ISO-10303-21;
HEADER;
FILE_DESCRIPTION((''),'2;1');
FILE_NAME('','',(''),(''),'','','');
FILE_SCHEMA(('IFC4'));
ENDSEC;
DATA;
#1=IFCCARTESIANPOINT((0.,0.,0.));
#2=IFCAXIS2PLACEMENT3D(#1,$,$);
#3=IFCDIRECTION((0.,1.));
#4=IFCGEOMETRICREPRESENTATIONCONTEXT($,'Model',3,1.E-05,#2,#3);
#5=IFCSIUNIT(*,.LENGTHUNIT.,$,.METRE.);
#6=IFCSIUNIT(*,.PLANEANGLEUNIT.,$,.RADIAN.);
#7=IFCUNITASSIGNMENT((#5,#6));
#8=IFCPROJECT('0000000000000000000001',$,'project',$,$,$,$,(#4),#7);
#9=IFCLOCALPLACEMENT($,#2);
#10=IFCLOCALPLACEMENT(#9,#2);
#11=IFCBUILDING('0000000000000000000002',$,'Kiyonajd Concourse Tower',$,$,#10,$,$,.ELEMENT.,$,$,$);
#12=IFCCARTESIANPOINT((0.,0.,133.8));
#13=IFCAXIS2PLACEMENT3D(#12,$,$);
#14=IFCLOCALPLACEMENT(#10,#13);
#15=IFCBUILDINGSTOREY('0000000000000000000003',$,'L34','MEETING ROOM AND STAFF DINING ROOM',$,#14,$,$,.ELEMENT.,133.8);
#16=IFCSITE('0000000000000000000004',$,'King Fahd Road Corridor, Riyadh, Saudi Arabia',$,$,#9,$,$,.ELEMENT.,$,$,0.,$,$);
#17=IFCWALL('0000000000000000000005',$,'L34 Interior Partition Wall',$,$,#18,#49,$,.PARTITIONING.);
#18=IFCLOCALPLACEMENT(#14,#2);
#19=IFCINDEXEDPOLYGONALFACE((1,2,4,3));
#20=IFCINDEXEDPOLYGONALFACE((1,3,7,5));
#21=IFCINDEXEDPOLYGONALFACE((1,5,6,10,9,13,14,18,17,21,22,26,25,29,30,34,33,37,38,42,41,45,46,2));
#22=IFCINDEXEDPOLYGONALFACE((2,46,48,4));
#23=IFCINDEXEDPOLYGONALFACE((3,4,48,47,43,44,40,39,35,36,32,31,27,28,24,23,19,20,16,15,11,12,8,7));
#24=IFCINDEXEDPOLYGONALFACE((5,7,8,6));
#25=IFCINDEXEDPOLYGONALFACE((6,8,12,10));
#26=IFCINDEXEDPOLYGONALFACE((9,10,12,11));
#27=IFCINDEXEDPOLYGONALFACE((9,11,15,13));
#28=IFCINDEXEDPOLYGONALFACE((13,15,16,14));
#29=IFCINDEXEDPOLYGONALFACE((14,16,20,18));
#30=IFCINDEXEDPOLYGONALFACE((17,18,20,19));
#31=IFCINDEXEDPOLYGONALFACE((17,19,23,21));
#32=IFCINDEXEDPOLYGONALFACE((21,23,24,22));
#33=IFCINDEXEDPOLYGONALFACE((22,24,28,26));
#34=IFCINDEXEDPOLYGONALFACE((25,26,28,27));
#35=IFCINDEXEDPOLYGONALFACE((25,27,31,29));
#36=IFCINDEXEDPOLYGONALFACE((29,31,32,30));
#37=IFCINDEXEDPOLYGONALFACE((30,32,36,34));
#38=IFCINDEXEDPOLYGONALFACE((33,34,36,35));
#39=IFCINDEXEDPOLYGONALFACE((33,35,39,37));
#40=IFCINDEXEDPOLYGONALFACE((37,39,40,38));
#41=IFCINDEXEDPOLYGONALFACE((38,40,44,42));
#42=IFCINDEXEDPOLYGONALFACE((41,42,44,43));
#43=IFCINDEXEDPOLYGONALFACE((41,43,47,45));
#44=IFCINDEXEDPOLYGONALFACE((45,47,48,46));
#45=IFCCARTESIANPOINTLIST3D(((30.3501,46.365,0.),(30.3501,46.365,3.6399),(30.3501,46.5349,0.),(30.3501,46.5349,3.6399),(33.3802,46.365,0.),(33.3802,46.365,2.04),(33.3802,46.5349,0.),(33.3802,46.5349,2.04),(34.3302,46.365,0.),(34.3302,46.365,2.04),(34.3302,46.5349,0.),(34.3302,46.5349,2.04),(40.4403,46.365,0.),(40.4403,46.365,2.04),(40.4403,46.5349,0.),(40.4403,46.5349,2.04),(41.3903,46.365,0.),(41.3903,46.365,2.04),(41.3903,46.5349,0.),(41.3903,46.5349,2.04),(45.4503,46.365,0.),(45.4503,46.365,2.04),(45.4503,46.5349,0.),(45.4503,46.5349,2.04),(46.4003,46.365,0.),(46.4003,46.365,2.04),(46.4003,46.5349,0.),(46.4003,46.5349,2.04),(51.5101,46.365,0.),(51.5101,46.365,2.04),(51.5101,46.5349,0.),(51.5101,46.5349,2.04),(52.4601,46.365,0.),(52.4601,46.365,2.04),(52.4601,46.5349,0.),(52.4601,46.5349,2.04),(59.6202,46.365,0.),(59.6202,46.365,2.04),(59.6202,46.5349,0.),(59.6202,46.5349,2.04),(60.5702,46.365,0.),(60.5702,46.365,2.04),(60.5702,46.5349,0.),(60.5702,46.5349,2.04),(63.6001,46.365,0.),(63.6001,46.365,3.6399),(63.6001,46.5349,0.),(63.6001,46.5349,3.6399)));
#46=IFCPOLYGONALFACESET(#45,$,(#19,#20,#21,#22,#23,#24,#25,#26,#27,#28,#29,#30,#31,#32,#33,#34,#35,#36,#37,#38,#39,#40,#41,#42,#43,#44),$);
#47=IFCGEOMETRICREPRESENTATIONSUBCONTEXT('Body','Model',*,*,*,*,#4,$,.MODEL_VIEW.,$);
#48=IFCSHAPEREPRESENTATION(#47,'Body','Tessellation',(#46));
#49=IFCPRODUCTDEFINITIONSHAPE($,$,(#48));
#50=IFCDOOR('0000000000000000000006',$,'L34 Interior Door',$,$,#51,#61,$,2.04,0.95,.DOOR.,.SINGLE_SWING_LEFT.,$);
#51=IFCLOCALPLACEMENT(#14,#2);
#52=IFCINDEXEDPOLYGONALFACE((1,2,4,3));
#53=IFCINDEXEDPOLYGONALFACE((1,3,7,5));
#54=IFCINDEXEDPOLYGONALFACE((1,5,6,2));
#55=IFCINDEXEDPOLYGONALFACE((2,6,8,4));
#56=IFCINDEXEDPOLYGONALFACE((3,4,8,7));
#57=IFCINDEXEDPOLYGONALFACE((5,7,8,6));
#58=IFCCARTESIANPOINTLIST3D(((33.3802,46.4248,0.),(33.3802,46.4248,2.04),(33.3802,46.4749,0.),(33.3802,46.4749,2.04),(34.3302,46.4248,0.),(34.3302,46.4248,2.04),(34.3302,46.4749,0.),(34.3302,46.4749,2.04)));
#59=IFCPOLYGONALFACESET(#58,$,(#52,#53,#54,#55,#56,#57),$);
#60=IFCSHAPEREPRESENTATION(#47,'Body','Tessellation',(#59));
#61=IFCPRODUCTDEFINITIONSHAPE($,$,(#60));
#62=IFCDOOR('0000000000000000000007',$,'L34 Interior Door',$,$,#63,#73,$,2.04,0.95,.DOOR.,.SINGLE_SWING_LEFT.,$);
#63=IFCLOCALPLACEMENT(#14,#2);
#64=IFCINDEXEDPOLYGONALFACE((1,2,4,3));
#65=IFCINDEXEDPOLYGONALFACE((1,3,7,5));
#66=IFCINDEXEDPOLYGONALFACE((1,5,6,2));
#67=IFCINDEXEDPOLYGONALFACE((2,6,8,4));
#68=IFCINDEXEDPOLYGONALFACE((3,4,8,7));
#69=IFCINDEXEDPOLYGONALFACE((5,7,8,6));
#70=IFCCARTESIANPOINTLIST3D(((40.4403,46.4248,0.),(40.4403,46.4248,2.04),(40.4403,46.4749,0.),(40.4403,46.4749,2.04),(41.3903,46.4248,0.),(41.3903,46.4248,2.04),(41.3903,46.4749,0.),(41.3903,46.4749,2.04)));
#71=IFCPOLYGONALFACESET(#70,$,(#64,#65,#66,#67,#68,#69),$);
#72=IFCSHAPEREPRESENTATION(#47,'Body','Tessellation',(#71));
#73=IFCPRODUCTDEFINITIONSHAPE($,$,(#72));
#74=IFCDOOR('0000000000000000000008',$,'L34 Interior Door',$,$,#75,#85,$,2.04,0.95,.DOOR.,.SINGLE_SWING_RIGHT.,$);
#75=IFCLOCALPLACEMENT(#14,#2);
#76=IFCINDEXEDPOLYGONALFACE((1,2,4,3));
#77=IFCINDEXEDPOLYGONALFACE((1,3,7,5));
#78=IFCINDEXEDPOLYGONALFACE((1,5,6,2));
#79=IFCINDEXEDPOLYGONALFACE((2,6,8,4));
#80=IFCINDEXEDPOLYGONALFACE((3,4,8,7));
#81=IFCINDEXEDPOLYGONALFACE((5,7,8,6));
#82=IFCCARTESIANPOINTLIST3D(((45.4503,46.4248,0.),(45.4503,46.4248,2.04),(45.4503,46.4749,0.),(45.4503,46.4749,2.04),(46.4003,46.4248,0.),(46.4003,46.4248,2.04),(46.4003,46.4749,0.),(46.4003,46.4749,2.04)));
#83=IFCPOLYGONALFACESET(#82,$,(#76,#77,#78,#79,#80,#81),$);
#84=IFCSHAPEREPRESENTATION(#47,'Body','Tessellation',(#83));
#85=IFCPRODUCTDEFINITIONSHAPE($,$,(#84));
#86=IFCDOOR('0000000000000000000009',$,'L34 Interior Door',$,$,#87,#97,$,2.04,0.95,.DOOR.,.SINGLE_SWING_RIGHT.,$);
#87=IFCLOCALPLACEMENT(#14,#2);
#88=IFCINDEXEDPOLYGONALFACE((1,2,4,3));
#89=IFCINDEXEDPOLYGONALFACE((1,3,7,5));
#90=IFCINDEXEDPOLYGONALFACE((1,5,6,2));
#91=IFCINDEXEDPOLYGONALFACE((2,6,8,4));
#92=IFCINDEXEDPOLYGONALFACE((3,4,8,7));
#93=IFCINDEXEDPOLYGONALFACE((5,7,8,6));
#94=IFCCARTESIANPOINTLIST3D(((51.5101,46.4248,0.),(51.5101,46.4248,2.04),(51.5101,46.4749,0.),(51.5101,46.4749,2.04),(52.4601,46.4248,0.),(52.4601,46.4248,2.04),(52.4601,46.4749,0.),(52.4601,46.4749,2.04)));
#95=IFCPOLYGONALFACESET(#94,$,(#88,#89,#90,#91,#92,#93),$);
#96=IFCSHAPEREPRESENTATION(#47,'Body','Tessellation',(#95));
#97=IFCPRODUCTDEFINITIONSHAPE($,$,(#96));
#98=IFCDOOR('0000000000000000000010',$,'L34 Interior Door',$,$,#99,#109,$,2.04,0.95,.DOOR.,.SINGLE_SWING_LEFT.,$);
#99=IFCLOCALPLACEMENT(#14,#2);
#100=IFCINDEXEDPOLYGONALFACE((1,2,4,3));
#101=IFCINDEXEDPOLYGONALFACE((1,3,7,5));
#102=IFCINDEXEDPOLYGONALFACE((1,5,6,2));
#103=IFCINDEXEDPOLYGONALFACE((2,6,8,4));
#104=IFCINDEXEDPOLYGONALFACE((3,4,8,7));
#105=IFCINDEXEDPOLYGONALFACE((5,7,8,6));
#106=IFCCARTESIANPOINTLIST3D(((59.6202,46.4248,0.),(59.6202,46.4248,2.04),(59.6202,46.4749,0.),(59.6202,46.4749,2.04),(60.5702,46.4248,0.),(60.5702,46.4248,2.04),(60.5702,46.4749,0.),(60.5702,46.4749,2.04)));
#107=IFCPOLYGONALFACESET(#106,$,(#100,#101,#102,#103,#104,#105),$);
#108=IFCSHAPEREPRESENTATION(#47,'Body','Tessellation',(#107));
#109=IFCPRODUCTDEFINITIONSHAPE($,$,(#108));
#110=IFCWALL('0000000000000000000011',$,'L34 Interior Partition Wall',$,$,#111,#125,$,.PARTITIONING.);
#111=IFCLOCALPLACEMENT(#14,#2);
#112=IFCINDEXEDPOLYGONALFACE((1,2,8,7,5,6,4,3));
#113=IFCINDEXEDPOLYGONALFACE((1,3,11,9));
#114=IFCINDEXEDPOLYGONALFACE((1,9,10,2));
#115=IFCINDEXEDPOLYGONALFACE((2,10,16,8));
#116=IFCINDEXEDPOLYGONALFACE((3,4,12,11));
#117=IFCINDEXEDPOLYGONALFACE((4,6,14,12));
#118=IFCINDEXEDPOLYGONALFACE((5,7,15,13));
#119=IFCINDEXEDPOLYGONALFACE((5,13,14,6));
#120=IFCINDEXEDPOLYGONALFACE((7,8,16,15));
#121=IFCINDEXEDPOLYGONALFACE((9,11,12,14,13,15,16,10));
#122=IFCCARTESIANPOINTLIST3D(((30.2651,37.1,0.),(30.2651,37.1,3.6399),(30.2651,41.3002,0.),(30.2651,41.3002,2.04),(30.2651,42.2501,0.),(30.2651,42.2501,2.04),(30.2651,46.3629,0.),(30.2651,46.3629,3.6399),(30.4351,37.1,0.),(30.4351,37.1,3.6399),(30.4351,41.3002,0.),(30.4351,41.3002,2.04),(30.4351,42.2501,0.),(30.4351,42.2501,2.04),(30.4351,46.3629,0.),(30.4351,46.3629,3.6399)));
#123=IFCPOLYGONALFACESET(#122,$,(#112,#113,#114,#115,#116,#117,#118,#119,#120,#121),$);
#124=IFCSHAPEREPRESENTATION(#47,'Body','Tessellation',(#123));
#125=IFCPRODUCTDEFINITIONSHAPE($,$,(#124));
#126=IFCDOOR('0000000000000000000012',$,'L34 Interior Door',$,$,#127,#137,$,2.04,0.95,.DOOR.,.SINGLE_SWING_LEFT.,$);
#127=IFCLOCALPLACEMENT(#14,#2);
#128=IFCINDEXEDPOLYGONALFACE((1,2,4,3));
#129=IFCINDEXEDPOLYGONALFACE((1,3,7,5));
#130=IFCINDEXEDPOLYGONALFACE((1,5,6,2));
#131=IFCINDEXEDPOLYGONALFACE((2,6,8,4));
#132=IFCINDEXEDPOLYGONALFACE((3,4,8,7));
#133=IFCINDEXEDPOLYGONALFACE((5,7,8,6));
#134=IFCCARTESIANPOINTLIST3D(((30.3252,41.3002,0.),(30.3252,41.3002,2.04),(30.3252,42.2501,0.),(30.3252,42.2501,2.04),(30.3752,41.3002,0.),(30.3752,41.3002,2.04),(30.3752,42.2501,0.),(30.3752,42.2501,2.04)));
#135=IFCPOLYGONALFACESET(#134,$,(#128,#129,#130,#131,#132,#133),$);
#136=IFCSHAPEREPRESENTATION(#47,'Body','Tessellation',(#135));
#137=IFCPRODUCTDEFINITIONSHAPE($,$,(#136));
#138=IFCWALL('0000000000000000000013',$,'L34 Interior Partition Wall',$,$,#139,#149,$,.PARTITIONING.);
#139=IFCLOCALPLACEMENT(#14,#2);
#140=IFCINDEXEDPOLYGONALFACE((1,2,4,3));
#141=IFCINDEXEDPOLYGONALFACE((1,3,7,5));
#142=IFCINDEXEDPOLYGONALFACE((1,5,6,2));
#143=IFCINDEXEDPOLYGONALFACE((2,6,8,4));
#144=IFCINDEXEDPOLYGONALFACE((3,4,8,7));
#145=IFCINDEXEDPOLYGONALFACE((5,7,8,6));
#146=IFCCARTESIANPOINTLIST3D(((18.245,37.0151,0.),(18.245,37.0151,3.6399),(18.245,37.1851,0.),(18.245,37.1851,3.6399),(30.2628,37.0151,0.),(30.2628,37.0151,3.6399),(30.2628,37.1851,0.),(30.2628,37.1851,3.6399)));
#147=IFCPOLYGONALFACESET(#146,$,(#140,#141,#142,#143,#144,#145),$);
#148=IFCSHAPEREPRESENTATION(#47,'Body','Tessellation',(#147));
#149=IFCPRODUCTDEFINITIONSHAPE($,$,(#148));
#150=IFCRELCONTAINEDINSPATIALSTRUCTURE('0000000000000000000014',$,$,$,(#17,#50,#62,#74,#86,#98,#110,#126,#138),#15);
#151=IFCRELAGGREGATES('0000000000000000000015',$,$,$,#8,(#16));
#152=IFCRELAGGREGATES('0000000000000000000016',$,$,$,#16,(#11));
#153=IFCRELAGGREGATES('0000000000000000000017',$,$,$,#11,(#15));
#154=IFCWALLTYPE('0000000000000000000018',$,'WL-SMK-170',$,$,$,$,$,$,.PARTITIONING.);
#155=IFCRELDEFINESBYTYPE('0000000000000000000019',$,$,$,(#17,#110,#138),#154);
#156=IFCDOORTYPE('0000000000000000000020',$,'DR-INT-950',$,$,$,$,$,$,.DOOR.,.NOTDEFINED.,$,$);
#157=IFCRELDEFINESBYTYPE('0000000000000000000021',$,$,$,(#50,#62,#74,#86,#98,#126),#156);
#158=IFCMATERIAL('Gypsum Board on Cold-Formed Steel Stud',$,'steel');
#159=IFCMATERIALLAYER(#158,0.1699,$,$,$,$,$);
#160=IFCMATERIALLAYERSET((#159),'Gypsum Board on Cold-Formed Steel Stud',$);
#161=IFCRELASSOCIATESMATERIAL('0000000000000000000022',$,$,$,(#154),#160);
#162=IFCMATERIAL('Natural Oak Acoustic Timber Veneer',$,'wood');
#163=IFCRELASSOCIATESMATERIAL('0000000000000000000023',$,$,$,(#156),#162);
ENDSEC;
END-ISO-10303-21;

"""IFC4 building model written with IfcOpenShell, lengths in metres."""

from ifc_helpers import new_model, si_unit, direction, frame, frame_2d, origin, place, context, subcontext, project, spatial, rectangle, extrude, material, layer, layer_set, type_object, element, fill, save


model = new_model("IFC4")

# Units and contexts
model_context = context("Model", 3, precision=1e-05, world=origin(), true_north=direction((0.0, 1.0)))
body_context = subcontext(model_context, "Body", "Model", "MODEL_VIEW")
ifc_project = project(units=[si_unit("LENGTHUNIT", "METRE"), si_unit("PLANEANGLEUNIT", "RADIAN")], contexts=[model_context])

# Site, building, storey
site_placement = place(None, origin())
site = spatial("IfcSite", under=ifc_project, at=site_placement, Name="King Fahd Road Corridor, Riyadh, Saudi Arabia", CompositionType="ELEMENT", RefElevation=0.0)
building_placement = place(site_placement, origin())
building = spatial("IfcBuilding", under=site, at=building_placement, Name="Kiyonajd Concourse Tower", CompositionType="ELEMENT")
storey_placement = place(building_placement, frame((0.0, 0.0, 133.8)))
storey = spatial("IfcBuildingStorey", under=building, at=storey_placement, Name="L34", Description="MEETING ROOM AND STAFF DINING ROOM", CompositionType="ELEMENT", Elevation=133.8)

# Wall, openings, doors
ifc_material_1 = material(Name="Gypsum Board on Cold-Formed Steel Stud", Category="steel")
ifc_layer_1 = layer(ifc_material_1, 0.1699)
ifc_layer_set_1 = layer_set([ifc_layer_1], Name="Gypsum Board on Cold-Formed Steel Stud")
wall_type = type_object("IfcWallType", Name="WL-SMK-170", PredefinedType="PARTITIONING", material=ifc_layer_set_1)
wall_1_placement = place(storey_placement, frame((30.3501, 46.45, 0.0), z_axis=(0.0, 0.0, 1.0), x_axis=(1.0, 0.0, 0.0)))
wall_1 = element("IfcWall", 1, at=wall_1_placement, inside=storey, type_object=wall_type, Name="L34 Interior Partition Wall", PredefinedType="PARTITIONING", context=body_context, shape_type="SweptSolid", body=[
    extrude(rectangle(XDim=33.25, YDim=0.1699, at=frame_2d((16.625, 0.0))), origin(), (0.0, 0.0, 1.0), 3.6399),
])
opening_1_placement = place(wall_1_placement, frame((3.03, 0.0, 0.0)))
opening_1 = element("IfcOpeningElement", 2, at=opening_1_placement, cuts=wall_1, PredefinedType="OPENING", context=body_context, shape_type="SweptSolid", body=[
    extrude(rectangle(XDim=0.95, YDim=2.04, at=frame_2d((0.4751, 1.02))), frame((0.0, 0.095, 0.0), z_axis=(0.0, -1.0, 0.0), x_axis=(1.0, 0.0, 0.0)), (0.0, 0.0, 1.0), 0.1899),
])
opening_2_placement = place(wall_1_placement, frame((10.0901, 0.0, 0.0)))
opening_2 = element("IfcOpeningElement", 3, at=opening_2_placement, cuts=wall_1, PredefinedType="OPENING", context=body_context, shape_type="SweptSolid", body=[
    extrude(rectangle(XDim=0.95, YDim=2.04, at=frame_2d((0.4751, 1.02))), frame((0.0, 0.095, 0.0), z_axis=(0.0, -1.0, 0.0), x_axis=(1.0, 0.0, 0.0)), (0.0, 0.0, 1.0), 0.1899),
])
opening_3_placement = place(wall_1_placement, frame((15.1001, 0.0, 0.0)))
opening_3 = element("IfcOpeningElement", 4, at=opening_3_placement, cuts=wall_1, PredefinedType="OPENING", context=body_context, shape_type="SweptSolid", body=[
    extrude(rectangle(XDim=0.95, YDim=2.04, at=frame_2d((0.4751, 1.02))), frame((0.0, 0.095, 0.0), z_axis=(0.0, -1.0, 0.0), x_axis=(1.0, 0.0, 0.0)), (0.0, 0.0, 1.0), 0.1899),
])
opening_4_placement = place(wall_1_placement, frame((21.1599, 0.0, 0.0)))
opening_4 = element("IfcOpeningElement", 5, at=opening_4_placement, cuts=wall_1, PredefinedType="OPENING", context=body_context, shape_type="SweptSolid", body=[
    extrude(rectangle(XDim=0.95, YDim=2.04, at=frame_2d((0.4751, 1.02))), frame((0.0, 0.095, 0.0), z_axis=(0.0, -1.0, 0.0), x_axis=(1.0, 0.0, 0.0)), (0.0, 0.0, 1.0), 0.1899),
])
opening_5_placement = place(wall_1_placement, frame((29.27, 0.0, 0.0)))
opening_5 = element("IfcOpeningElement", 6, at=opening_5_placement, cuts=wall_1, PredefinedType="OPENING", context=body_context, shape_type="SweptSolid", body=[
    extrude(rectangle(XDim=0.95, YDim=2.04, at=frame_2d((0.4751, 1.02))), frame((0.0, 0.095, 0.0), z_axis=(0.0, -1.0, 0.0), x_axis=(1.0, 0.0, 0.0)), (0.0, 0.0, 1.0), 0.1899),
])
ifc_material_2 = material(Name="Natural Oak Acoustic Timber Veneer", Category="wood")
door_type = type_object("IfcDoorType", Name="DR-INT-950", OperationType="NOTDEFINED", PredefinedType="DOOR", material=ifc_material_2)
door_1_placement = place(opening_1_placement, origin())
door_1 = element("IfcDoor", 7, at=door_1_placement, inside=storey, type_object=door_type, Name="L34 Interior Door", OperationType="SINGLE_SWING_LEFT", OverallHeight=2.04, OverallWidth=0.95, PredefinedType="DOOR", context=body_context, shape_type="SweptSolid", body=[
    extrude(rectangle(XDim=0.95, YDim=2.04, at=frame_2d((0.4751, 1.02))), frame((0.0, 0.0249, 0.0), z_axis=(0.0, -1.0, 0.0), x_axis=(1.0, 0.0, 0.0)), (0.0, 0.0, 1.0), 0.05),
])
fill(opening_1, door_1)
door_2_placement = place(opening_2_placement, origin())
door_2 = element("IfcDoor", 8, at=door_2_placement, inside=storey, type_object=door_type, Name="L34 Interior Door", OperationType="SINGLE_SWING_LEFT", OverallHeight=2.04, OverallWidth=0.95, PredefinedType="DOOR", context=body_context, shape_type="SweptSolid", body=[
    extrude(rectangle(XDim=0.95, YDim=2.04, at=frame_2d((0.4751, 1.02))), frame((0.0, 0.0249, 0.0), z_axis=(0.0, -1.0, 0.0), x_axis=(1.0, 0.0, 0.0)), (0.0, 0.0, 1.0), 0.05),
])
fill(opening_2, door_2)
door_3_placement = place(opening_3_placement, origin())
door_3 = element("IfcDoor", 9, at=door_3_placement, inside=storey, type_object=door_type, Name="L34 Interior Door", OperationType="SINGLE_SWING_RIGHT", OverallHeight=2.04, OverallWidth=0.95, PredefinedType="DOOR", context=body_context, shape_type="SweptSolid", body=[
    extrude(rectangle(XDim=0.95, YDim=2.04, at=frame_2d((0.4751, 1.02))), frame((0.0, 0.0249, 0.0), z_axis=(0.0, -1.0, 0.0), x_axis=(1.0, 0.0, 0.0)), (0.0, 0.0, 1.0), 0.05),
])
fill(opening_3, door_3)
door_4_placement = place(opening_4_placement, origin())
door_4 = element("IfcDoor", 10, at=door_4_placement, inside=storey, type_object=door_type, Name="L34 Interior Door", OperationType="SINGLE_SWING_RIGHT", OverallHeight=2.04, OverallWidth=0.95, PredefinedType="DOOR", context=body_context, shape_type="SweptSolid", body=[
    extrude(rectangle(XDim=0.95, YDim=2.04, at=frame_2d((0.4751, 1.02))), frame((0.0, 0.0249, 0.0), z_axis=(0.0, -1.0, 0.0), x_axis=(1.0, 0.0, 0.0)), (0.0, 0.0, 1.0), 0.05),
])
fill(opening_4, door_4)
door_5_placement = place(opening_5_placement, origin())
door_5 = element("IfcDoor", 11, at=door_5_placement, inside=storey, type_object=door_type, Name="L34 Interior Door", OperationType="SINGLE_SWING_LEFT", OverallHeight=2.04, OverallWidth=0.95, PredefinedType="DOOR", context=body_context, shape_type="SweptSolid", body=[
    extrude(rectangle(XDim=0.95, YDim=2.04, at=frame_2d((0.4751, 1.02))), frame((0.0, 0.0249, 0.0), z_axis=(0.0, -1.0, 0.0), x_axis=(1.0, 0.0, 0.0)), (0.0, 0.0, 1.0), 0.05),
])
fill(opening_5, door_5)

# Wall, opening, door
wall_2_placement = place(storey_placement, frame((30.3501, 37.1001, 0.0), z_axis=(0.0, 0.0, 1.0), x_axis=(0.0, 1.0, 0.0)))
wall_2 = element("IfcWall", 12, at=wall_2_placement, inside=storey, type_object=wall_type, Name="L34 Interior Partition Wall", PredefinedType="PARTITIONING", context=body_context, shape_type="SweptSolid", body=[
    extrude(rectangle(XDim=9.2629, YDim=0.1699, at=frame_2d((4.6313, 0.0))), origin(), (0.0, 0.0, 1.0), 3.6399),
])
opening_6_placement = place(wall_2_placement, frame((4.2, 0.0, 0.0)))
opening_6 = element("IfcOpeningElement", 13, at=opening_6_placement, cuts=wall_2, PredefinedType="OPENING", context=body_context, shape_type="SweptSolid", body=[
    extrude(rectangle(XDim=0.95, YDim=2.04, at=frame_2d((0.4751, 1.02))), frame((0.0, 0.095, 0.0), z_axis=(0.0, -1.0, 0.0), x_axis=(1.0, 0.0, 0.0)), (0.0, 0.0, 1.0), 0.1899),
])
door_6_placement = place(opening_6_placement, origin())
door_6 = element("IfcDoor", 14, at=door_6_placement, inside=storey, type_object=door_type, Name="L34 Interior Door", OperationType="SINGLE_SWING_LEFT", OverallHeight=2.04, OverallWidth=0.95, PredefinedType="DOOR", context=body_context, shape_type="SweptSolid", body=[
    extrude(rectangle(XDim=0.95, YDim=2.04, at=frame_2d((0.4751, 1.02))), frame((0.0, 0.0249, 0.0), z_axis=(0.0, -1.0, 0.0), x_axis=(1.0, 0.0, 0.0)), (0.0, 0.0, 1.0), 0.05),
])
fill(opening_6, door_6)

# Wall
wall_3_placement = place(storey_placement, frame((18.2451, 37.1001, 0.0), z_axis=(0.0, 0.0, 1.0), x_axis=(1.0, 0.0, 0.0)))
element("IfcWall", 15, at=wall_3_placement, inside=storey, type_object=wall_type, Name="L34 Interior Partition Wall", PredefinedType="PARTITIONING", context=body_context, shape_type="SweptSolid", body=[
    extrude(rectangle(XDim=12.0178, YDim=0.1699, at=frame_2d((6.0088, 0.0))), origin(), (0.0, 0.0, 1.0), 3.6399),
])

save(model, "model.ifc")
